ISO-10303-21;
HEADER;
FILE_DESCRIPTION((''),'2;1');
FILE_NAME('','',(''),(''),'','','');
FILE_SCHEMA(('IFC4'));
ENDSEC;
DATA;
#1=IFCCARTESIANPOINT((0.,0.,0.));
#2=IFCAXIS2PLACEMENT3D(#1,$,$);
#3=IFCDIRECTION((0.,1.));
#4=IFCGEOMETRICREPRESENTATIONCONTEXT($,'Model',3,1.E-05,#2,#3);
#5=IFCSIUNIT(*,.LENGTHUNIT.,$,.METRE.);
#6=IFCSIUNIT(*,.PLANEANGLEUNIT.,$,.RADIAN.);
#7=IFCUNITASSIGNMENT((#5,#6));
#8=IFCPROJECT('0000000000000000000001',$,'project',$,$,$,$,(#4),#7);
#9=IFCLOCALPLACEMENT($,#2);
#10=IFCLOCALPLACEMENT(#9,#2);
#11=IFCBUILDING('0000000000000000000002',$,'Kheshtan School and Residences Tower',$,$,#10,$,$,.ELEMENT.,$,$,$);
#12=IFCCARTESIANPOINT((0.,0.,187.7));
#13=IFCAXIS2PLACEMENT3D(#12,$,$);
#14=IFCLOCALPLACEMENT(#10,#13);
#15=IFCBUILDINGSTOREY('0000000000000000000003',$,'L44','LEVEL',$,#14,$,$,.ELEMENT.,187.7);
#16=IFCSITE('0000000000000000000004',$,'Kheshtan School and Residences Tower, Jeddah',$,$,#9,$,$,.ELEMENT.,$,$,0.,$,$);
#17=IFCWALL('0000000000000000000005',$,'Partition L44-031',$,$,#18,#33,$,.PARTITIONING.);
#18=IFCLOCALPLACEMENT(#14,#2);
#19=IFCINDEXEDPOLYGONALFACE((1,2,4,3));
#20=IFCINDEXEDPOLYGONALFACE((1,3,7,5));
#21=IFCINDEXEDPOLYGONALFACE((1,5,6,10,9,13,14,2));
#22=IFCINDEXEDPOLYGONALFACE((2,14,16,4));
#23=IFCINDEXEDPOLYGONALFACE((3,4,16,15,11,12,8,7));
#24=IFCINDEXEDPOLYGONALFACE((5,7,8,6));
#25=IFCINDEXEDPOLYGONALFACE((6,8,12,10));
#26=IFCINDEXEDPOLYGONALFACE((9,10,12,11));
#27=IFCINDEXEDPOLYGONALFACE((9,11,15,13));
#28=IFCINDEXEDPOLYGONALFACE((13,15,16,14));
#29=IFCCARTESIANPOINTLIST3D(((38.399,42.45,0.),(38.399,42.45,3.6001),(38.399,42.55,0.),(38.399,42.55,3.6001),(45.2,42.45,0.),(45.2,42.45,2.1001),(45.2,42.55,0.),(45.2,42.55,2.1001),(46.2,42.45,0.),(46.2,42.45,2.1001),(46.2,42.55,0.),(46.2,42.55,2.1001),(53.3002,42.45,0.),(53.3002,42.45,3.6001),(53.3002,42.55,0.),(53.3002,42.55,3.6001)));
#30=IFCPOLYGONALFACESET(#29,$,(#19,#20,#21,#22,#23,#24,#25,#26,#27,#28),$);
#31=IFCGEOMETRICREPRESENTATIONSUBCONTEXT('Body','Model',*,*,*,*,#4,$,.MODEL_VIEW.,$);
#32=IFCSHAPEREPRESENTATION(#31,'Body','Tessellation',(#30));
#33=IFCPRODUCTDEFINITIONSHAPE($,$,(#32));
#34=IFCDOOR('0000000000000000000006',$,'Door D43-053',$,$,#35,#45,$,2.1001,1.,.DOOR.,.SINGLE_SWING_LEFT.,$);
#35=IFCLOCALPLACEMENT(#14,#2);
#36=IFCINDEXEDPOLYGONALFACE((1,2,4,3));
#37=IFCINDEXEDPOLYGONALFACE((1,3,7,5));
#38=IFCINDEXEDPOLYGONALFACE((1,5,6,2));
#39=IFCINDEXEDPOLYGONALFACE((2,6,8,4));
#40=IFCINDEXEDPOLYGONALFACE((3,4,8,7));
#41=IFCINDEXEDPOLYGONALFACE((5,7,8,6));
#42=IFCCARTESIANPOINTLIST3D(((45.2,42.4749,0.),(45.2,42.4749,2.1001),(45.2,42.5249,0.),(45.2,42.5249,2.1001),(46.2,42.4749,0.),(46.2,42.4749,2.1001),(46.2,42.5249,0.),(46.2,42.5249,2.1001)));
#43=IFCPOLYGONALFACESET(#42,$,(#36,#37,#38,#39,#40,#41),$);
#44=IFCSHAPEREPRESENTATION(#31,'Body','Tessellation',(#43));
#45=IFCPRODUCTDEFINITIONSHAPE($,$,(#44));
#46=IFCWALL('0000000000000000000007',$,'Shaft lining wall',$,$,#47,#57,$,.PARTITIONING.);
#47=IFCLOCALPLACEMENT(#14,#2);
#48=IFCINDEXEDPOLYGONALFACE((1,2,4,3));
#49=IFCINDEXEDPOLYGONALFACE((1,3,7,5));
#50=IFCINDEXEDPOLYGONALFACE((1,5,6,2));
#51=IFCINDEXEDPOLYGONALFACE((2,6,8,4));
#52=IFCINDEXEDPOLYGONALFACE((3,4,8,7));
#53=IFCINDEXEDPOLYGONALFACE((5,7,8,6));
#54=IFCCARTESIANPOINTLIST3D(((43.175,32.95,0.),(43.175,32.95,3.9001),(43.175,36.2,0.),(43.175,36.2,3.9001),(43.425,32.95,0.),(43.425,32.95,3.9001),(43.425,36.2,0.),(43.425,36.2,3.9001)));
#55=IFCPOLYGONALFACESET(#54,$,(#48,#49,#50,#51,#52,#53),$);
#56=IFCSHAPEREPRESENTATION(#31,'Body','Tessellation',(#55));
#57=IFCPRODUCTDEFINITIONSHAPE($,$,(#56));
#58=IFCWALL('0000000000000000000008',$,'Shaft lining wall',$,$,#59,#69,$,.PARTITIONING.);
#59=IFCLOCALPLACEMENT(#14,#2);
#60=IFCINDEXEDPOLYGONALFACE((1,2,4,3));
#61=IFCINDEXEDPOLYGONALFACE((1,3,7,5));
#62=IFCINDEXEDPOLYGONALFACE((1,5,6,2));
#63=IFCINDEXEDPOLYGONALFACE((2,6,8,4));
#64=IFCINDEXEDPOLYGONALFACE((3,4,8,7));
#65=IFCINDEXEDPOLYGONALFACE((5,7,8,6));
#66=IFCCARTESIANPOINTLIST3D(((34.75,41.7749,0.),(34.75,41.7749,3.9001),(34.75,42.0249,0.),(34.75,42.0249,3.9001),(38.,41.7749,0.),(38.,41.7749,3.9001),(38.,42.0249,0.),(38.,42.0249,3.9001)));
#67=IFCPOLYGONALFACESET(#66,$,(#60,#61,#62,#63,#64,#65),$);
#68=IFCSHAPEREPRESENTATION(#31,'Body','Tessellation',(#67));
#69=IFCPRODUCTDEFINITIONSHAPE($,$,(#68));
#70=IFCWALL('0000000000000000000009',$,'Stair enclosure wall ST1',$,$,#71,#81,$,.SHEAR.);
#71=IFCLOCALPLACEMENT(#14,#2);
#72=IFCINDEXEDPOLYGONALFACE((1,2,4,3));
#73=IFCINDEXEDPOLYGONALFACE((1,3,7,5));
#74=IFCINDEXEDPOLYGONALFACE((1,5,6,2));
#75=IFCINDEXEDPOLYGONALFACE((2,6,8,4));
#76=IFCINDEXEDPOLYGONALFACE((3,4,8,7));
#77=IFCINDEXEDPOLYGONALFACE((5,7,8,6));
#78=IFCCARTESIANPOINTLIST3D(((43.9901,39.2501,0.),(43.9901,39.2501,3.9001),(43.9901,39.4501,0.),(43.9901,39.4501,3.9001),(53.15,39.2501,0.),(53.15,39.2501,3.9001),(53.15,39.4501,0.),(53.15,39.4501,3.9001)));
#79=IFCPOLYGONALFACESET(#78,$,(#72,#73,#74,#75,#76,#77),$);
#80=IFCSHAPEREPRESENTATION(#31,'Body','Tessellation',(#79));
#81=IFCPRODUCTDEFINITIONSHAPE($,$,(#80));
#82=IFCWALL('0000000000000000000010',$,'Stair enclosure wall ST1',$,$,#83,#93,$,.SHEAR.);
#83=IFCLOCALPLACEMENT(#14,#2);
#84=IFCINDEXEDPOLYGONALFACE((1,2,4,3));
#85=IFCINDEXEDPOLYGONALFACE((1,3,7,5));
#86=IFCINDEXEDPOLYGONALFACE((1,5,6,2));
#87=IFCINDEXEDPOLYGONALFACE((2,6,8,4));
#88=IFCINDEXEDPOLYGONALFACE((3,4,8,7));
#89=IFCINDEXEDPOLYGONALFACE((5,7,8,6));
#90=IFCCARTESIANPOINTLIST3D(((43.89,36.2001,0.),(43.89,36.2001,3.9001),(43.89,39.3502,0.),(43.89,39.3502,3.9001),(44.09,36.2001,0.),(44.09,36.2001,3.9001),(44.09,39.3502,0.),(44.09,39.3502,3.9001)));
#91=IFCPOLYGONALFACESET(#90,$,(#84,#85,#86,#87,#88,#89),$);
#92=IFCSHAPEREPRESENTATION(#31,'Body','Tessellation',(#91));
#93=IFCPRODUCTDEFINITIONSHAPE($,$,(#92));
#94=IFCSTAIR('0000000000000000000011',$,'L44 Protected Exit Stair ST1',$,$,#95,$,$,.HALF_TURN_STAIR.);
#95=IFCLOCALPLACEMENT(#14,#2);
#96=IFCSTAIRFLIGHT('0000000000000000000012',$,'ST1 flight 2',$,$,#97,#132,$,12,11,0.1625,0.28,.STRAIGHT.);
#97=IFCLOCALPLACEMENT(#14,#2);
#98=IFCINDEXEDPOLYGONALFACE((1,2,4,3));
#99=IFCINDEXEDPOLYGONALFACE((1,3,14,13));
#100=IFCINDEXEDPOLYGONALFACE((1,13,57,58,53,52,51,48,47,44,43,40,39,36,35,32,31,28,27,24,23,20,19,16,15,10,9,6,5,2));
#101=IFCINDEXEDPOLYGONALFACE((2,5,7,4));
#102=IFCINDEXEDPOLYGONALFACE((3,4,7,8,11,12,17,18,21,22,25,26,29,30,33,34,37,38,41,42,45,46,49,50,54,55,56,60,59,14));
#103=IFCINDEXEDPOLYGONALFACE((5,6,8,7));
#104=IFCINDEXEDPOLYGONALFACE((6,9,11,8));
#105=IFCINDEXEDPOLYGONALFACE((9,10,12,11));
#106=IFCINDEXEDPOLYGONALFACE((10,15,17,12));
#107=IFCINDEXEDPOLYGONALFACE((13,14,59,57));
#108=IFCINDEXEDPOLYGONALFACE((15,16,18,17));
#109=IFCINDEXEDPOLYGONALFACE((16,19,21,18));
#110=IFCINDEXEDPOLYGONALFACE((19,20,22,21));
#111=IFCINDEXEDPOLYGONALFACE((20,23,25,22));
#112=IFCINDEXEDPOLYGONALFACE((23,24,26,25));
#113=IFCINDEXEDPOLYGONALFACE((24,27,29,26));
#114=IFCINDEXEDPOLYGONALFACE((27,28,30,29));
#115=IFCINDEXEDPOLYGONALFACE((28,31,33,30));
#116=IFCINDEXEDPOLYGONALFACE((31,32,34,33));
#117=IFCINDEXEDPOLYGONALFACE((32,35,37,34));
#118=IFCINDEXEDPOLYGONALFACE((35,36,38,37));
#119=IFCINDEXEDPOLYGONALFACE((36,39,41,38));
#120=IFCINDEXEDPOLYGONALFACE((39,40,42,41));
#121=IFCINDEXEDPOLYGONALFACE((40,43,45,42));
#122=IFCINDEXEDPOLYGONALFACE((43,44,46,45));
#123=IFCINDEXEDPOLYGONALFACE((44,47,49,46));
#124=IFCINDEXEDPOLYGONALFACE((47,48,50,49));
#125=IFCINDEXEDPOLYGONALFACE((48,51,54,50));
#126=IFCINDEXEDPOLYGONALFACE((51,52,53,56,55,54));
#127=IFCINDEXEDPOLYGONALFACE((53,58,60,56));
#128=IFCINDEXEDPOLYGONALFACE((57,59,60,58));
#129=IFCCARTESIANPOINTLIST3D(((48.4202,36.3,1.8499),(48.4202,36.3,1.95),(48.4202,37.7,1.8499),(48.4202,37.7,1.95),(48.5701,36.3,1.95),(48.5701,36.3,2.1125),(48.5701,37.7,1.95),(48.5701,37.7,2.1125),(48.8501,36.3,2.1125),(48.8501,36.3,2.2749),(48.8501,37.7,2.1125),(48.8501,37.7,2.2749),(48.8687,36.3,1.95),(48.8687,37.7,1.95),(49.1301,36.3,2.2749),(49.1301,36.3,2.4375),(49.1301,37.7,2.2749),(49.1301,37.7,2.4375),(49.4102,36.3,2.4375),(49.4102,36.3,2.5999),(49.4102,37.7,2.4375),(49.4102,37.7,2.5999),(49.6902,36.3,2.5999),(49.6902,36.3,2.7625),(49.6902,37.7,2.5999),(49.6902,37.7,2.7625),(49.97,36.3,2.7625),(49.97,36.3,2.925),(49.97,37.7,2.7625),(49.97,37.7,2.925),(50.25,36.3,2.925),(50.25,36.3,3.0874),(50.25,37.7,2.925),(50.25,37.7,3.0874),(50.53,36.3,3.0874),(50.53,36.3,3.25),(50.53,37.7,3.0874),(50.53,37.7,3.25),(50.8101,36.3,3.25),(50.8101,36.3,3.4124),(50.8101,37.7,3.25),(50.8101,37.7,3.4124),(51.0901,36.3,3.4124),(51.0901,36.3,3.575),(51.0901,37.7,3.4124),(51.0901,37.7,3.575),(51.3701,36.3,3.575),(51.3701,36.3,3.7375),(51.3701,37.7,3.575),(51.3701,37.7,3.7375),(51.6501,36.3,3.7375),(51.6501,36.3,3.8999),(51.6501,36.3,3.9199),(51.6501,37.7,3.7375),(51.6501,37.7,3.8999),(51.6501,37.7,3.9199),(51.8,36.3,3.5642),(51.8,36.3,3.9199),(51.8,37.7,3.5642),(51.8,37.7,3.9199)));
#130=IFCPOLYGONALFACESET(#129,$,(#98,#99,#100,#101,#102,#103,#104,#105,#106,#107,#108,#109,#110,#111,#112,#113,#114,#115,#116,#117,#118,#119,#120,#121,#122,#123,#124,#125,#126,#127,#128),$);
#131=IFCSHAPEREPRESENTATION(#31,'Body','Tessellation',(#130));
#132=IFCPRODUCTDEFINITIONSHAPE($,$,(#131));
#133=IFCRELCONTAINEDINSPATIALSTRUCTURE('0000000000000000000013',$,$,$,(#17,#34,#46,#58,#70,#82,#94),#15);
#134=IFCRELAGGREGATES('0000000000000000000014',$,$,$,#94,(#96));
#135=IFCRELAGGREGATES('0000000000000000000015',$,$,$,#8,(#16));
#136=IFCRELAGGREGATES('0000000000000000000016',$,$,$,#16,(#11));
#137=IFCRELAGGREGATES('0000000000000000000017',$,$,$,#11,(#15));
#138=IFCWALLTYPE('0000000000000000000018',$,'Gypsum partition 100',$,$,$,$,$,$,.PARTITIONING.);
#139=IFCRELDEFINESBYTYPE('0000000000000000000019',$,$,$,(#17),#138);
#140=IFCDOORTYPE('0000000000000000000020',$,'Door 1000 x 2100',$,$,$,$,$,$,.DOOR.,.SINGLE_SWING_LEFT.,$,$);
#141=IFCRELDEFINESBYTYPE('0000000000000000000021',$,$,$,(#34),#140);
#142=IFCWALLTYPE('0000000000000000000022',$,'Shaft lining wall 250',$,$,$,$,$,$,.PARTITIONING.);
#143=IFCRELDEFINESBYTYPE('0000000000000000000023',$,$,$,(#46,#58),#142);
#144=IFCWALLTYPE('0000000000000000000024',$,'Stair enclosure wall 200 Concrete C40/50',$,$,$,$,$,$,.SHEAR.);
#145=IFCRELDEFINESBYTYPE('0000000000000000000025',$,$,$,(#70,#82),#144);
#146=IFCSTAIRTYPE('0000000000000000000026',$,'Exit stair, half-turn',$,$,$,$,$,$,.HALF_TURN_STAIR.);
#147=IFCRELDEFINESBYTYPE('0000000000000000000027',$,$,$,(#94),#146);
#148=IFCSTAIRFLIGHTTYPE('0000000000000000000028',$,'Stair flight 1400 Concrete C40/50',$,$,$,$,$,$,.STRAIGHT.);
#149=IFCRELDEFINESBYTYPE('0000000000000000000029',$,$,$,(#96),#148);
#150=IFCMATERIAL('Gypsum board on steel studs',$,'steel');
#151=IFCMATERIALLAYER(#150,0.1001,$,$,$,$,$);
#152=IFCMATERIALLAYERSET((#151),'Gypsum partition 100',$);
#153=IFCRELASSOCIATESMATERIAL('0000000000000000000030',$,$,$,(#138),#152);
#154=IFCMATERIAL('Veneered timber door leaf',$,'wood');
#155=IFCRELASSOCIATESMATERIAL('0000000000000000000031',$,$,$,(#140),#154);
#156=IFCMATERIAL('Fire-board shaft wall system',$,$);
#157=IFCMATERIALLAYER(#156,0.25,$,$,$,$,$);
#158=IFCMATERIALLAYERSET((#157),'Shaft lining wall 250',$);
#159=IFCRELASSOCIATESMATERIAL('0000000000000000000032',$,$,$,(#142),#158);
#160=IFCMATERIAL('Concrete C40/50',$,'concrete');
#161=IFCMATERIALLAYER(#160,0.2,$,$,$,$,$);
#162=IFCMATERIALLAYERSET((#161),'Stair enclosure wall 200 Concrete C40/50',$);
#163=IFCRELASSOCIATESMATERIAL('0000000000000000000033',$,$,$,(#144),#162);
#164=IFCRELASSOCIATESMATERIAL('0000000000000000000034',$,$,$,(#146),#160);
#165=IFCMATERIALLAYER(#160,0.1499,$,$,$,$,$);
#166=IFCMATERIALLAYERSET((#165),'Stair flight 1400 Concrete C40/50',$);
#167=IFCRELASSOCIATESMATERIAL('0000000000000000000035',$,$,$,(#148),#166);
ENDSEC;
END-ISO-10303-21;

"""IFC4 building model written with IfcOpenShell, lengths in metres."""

from ifc_helpers import new_model, si_unit, direction, frame, frame_2d, origin, place, context, subcontext, project, spatial, polyline, rectangle, outline, extrude, source, transform, mapped, material, layer, layer_set, type_object, element, fill, aggregate, save


model = new_model("IFC4")

# Units and contexts
model_context = context("Model", 3, precision=1e-05, world=origin(), true_north=direction((0.0, 1.0)))
body_context = subcontext(model_context, "Body", "Model", "MODEL_VIEW")
ifc_project = project(units=[si_unit("LENGTHUNIT", "METRE"), si_unit("PLANEANGLEUNIT", "RADIAN")], contexts=[model_context])

# Site, building, storey
site_placement = place(None, origin())
site = spatial("IfcSite", under=ifc_project, at=site_placement, Name="Kheshtan School and Residences Tower, Jeddah", CompositionType="ELEMENT", RefElevation=0.0)
building_placement = place(site_placement, origin())
building = spatial("IfcBuilding", under=site, at=building_placement, Name="Kheshtan School and Residences Tower", CompositionType="ELEMENT")
storey_placement = place(building_placement, frame((0.0, 0.0, 187.7)))
storey = spatial("IfcBuildingStorey", under=building, at=storey_placement, Name="L44", Description="LEVEL", CompositionType="ELEMENT", Elevation=187.7)

# Wall, opening, door
ifc_material_1 = material(Name="Gypsum board on steel studs", Category="steel")
ifc_layer_1 = layer(ifc_material_1, 0.1001)
ifc_layer_set_1 = layer_set([ifc_layer_1], Name="Gypsum partition 100")
wall_type_1 = type_object("IfcWallType", Name="Gypsum partition 100", PredefinedType="PARTITIONING", material=ifc_layer_set_1)
wall_1_placement = place(storey_placement, frame((38.3989, 42.5, 0.0), z_axis=(0.0, 0.0, 1.0), x_axis=(1.0, 0.0, 0.0)))
wall_1 = element("IfcWall", 1, at=wall_1_placement, inside=storey, type_object=wall_type_1, Name="Partition L44-031", PredefinedType="PARTITIONING", context=body_context, shape_type="SweptSolid", body=[
    extrude(rectangle(XDim=14.9011, YDim=0.1001, at=frame_2d((7.4507, 0.0))), origin(), (0.0, 0.0, 1.0), 3.6001),
])
opening_1_placement = place(wall_1_placement, frame((6.801, 0.0, 0.0)))
opening_1 = element("IfcOpeningElement", 2, at=opening_1_placement, cuts=wall_1, PredefinedType="OPENING", context=body_context, shape_type="SweptSolid", body=[
    extrude(rectangle(XDim=1.0, YDim=2.1001, at=frame_2d((0.5, 1.05))), frame((0.0, 0.0601, 0.0), z_axis=(0.0, -1.0, 0.0), x_axis=(1.0, 0.0, 0.0)), (0.0, 0.0, 1.0), 0.1201),
])
ifc_material_2 = material(Name="Veneered timber door leaf", Category="wood")
door_type_1 = type_object("IfcDoorType", Name="Door 1000 x 2100", OperationType="SINGLE_SWING_LEFT", PredefinedType="DOOR", material=ifc_material_2)
shared_shape_1 = source(origin(), body_context, "Body", "SweptSolid", [
    extrude(rectangle(XDim=1.0, YDim=2.1001, at=frame_2d((0.5, 1.05))), frame((0.0, 0.0249, 0.0), z_axis=(0.0, -1.0, 0.0), x_axis=(1.0, 0.0, 0.0)), (0.0, 0.0, 1.0), 0.05),
])
door_1_placement = place(opening_1_placement, origin())
door_1 = element("IfcDoor", 3, at=door_1_placement, inside=storey, type_object=door_type_1, Name="Door D43-053", OperationType="SINGLE_SWING_LEFT", OverallHeight=2.1001, OverallWidth=1.0, PredefinedType="DOOR", context=body_context, shape_type="MappedRepresentation", body=[
    mapped(shared_shape_1, transform((0.0, 0.0, 0.0), x_axis=(1.0, 0.0, 0.0), y_axis=(0.0, 1.0, 0.0), z_axis=(0.0, 0.0, 1.0), scale=1.0)),
])
fill(opening_1, door_1)

# Walls
ifc_material_3 = material(Name="Fire-board shaft wall system")
ifc_layer_2 = layer(ifc_material_3, 0.25)
ifc_layer_set_2 = layer_set([ifc_layer_2], Name="Shaft lining wall 250")
wall_type_2 = type_object("IfcWallType", Name="Shaft lining wall 250", PredefinedType="PARTITIONING", material=ifc_layer_set_2)
for number, where, z_axis, x_axis, name in (
    (4, (43.3, 32.95, 0.0), (0.0, 0.0, 1.0), (0.0, 1.0, 0.0), "Shaft lining wall"),
    (5, (34.75, 41.8999, 0.0), (0.0, 0.0, 1.0), (1.0, 0.0, 0.0), "Shaft lining wall"),
):
    element("IfcWall", number, at=place(storey_placement, frame(where, z_axis=z_axis, x_axis=x_axis)), inside=storey, type_object=wall_type_2, Name=name, PredefinedType="PARTITIONING", context=body_context, shape_type="SweptSolid", body=[
        extrude(rectangle(XDim=3.25, YDim=0.25, at=frame_2d((1.625, 0.0))), origin(), (0.0, 0.0, 1.0), 3.9001),
    ])
ifc_material_4 = material(Name="Concrete C40/50", Category="concrete")
ifc_layer_3 = layer(ifc_material_4, 0.2)
ifc_layer_set_3 = layer_set([ifc_layer_3], Name="Stair enclosure wall 200 Concrete C40/50")
wall_type_3 = type_object("IfcWallType", Name="Stair enclosure wall 200 Concrete C40/50", PredefinedType="SHEAR", material=ifc_layer_set_3)
wall_2_placement = place(storey_placement, frame((43.99, 39.3501, 0.0), z_axis=(0.0, 0.0, 1.0), x_axis=(1.0, 0.0, 0.0)))
element("IfcWall", 6, at=wall_2_placement, inside=storey, type_object=wall_type_3, Name="Stair enclosure wall ST1", PredefinedType="SHEAR", context=body_context, shape_type="SweptSolid", body=[
    extrude(rectangle(XDim=9.1599, YDim=0.2, at=frame_2d((4.5801, 0.0))), origin(), (0.0, 0.0, 1.0), 3.9001),
])
wall_3_placement = place(storey_placement, frame((43.99, 36.2, 0.0), z_axis=(0.0, 0.0, 1.0), x_axis=(0.0, 1.0, 0.0)))
element("IfcWall", 7, at=wall_3_placement, inside=storey, type_object=wall_type_3, Name="Stair enclosure wall ST1", PredefinedType="SHEAR", context=body_context, shape_type="SweptSolid", body=[
    extrude(rectangle(XDim=3.1501, YDim=0.2, at=frame_2d((1.5752, 0.0))), origin(), (0.0, 0.0, 1.0), 3.9001),
])

# Stair, stair flight
stair_type = type_object("IfcStairType", Name="Exit stair, half-turn", PredefinedType="HALF_TURN_STAIR", material=ifc_material_4)
stair_placement = place(storey_placement, origin())
stair = element("IfcStair", 8, at=stair_placement, inside=storey, type_object=stair_type, Name="L44 Protected Exit Stair ST1", PredefinedType="HALF_TURN_STAIR")
ifc_layer_4 = layer(ifc_material_4, 0.1499)
ifc_layer_set_4 = layer_set([ifc_layer_4], Name="Stair flight 1400 Concrete C40/50")
stair_flight_type = type_object("IfcStairFlightType", Name="Stair flight 1400 Concrete C40/50", PredefinedType="STRAIGHT", material=ifc_layer_set_4)
stair_flight_placement = place(storey_placement, frame((48.5701, 37.0, 1.95), z_axis=(0.0, 0.0, 1.0), x_axis=(1.0, 0.0, 0.0)))
stair_flight = element("IfcStairFlight", 9, at=stair_flight_placement, type_object=stair_flight_type, Name="ST1 flight 2", NumberOfRisers=12, NumberOfTreads=11, PredefinedType="STRAIGHT", RiserHeight=0.1625, TreadLength=0.28, context=body_context, shape_type="SweptSolid", body=[
    extrude(outline(polyline([(-0.1499, -0.1001), (-0.1499, 0.0), (0.0, 0.0), (0.0, 0.1626), (0.28, 0.1626), (0.28, 0.325), (0.5601, 0.325), (0.5601, 0.4875), (0.8401, 0.4875), (0.8401, 0.6499), (1.1201, 0.6499), (1.1201, 0.8125), (1.3999, 0.8125), (1.3999, 0.9751), (1.6799, 0.9751), (1.6799, 1.1375), (1.96, 1.1375), (1.96, 1.3), (2.24, 1.3), (2.24, 1.4624), (2.52, 1.4624), (2.52, 1.625), (2.8, 1.625), (2.8, 1.7876), (3.0801, 1.7876), (3.0801, 1.95), (3.0801, 1.97), (3.23, 1.97), (3.23, 1.6143), (0.2986, 0.0), (-0.1499, -0.1001)])), frame((0.0, 0.7, 0.0), z_axis=(0.0, -1.0, 0.0), x_axis=(1.0, 0.0, 0.0)), (0.0, 0.0, 1.0), 1.3999),
])
aggregate(stair, [stair_flight])

save(model, "model.ifc")
